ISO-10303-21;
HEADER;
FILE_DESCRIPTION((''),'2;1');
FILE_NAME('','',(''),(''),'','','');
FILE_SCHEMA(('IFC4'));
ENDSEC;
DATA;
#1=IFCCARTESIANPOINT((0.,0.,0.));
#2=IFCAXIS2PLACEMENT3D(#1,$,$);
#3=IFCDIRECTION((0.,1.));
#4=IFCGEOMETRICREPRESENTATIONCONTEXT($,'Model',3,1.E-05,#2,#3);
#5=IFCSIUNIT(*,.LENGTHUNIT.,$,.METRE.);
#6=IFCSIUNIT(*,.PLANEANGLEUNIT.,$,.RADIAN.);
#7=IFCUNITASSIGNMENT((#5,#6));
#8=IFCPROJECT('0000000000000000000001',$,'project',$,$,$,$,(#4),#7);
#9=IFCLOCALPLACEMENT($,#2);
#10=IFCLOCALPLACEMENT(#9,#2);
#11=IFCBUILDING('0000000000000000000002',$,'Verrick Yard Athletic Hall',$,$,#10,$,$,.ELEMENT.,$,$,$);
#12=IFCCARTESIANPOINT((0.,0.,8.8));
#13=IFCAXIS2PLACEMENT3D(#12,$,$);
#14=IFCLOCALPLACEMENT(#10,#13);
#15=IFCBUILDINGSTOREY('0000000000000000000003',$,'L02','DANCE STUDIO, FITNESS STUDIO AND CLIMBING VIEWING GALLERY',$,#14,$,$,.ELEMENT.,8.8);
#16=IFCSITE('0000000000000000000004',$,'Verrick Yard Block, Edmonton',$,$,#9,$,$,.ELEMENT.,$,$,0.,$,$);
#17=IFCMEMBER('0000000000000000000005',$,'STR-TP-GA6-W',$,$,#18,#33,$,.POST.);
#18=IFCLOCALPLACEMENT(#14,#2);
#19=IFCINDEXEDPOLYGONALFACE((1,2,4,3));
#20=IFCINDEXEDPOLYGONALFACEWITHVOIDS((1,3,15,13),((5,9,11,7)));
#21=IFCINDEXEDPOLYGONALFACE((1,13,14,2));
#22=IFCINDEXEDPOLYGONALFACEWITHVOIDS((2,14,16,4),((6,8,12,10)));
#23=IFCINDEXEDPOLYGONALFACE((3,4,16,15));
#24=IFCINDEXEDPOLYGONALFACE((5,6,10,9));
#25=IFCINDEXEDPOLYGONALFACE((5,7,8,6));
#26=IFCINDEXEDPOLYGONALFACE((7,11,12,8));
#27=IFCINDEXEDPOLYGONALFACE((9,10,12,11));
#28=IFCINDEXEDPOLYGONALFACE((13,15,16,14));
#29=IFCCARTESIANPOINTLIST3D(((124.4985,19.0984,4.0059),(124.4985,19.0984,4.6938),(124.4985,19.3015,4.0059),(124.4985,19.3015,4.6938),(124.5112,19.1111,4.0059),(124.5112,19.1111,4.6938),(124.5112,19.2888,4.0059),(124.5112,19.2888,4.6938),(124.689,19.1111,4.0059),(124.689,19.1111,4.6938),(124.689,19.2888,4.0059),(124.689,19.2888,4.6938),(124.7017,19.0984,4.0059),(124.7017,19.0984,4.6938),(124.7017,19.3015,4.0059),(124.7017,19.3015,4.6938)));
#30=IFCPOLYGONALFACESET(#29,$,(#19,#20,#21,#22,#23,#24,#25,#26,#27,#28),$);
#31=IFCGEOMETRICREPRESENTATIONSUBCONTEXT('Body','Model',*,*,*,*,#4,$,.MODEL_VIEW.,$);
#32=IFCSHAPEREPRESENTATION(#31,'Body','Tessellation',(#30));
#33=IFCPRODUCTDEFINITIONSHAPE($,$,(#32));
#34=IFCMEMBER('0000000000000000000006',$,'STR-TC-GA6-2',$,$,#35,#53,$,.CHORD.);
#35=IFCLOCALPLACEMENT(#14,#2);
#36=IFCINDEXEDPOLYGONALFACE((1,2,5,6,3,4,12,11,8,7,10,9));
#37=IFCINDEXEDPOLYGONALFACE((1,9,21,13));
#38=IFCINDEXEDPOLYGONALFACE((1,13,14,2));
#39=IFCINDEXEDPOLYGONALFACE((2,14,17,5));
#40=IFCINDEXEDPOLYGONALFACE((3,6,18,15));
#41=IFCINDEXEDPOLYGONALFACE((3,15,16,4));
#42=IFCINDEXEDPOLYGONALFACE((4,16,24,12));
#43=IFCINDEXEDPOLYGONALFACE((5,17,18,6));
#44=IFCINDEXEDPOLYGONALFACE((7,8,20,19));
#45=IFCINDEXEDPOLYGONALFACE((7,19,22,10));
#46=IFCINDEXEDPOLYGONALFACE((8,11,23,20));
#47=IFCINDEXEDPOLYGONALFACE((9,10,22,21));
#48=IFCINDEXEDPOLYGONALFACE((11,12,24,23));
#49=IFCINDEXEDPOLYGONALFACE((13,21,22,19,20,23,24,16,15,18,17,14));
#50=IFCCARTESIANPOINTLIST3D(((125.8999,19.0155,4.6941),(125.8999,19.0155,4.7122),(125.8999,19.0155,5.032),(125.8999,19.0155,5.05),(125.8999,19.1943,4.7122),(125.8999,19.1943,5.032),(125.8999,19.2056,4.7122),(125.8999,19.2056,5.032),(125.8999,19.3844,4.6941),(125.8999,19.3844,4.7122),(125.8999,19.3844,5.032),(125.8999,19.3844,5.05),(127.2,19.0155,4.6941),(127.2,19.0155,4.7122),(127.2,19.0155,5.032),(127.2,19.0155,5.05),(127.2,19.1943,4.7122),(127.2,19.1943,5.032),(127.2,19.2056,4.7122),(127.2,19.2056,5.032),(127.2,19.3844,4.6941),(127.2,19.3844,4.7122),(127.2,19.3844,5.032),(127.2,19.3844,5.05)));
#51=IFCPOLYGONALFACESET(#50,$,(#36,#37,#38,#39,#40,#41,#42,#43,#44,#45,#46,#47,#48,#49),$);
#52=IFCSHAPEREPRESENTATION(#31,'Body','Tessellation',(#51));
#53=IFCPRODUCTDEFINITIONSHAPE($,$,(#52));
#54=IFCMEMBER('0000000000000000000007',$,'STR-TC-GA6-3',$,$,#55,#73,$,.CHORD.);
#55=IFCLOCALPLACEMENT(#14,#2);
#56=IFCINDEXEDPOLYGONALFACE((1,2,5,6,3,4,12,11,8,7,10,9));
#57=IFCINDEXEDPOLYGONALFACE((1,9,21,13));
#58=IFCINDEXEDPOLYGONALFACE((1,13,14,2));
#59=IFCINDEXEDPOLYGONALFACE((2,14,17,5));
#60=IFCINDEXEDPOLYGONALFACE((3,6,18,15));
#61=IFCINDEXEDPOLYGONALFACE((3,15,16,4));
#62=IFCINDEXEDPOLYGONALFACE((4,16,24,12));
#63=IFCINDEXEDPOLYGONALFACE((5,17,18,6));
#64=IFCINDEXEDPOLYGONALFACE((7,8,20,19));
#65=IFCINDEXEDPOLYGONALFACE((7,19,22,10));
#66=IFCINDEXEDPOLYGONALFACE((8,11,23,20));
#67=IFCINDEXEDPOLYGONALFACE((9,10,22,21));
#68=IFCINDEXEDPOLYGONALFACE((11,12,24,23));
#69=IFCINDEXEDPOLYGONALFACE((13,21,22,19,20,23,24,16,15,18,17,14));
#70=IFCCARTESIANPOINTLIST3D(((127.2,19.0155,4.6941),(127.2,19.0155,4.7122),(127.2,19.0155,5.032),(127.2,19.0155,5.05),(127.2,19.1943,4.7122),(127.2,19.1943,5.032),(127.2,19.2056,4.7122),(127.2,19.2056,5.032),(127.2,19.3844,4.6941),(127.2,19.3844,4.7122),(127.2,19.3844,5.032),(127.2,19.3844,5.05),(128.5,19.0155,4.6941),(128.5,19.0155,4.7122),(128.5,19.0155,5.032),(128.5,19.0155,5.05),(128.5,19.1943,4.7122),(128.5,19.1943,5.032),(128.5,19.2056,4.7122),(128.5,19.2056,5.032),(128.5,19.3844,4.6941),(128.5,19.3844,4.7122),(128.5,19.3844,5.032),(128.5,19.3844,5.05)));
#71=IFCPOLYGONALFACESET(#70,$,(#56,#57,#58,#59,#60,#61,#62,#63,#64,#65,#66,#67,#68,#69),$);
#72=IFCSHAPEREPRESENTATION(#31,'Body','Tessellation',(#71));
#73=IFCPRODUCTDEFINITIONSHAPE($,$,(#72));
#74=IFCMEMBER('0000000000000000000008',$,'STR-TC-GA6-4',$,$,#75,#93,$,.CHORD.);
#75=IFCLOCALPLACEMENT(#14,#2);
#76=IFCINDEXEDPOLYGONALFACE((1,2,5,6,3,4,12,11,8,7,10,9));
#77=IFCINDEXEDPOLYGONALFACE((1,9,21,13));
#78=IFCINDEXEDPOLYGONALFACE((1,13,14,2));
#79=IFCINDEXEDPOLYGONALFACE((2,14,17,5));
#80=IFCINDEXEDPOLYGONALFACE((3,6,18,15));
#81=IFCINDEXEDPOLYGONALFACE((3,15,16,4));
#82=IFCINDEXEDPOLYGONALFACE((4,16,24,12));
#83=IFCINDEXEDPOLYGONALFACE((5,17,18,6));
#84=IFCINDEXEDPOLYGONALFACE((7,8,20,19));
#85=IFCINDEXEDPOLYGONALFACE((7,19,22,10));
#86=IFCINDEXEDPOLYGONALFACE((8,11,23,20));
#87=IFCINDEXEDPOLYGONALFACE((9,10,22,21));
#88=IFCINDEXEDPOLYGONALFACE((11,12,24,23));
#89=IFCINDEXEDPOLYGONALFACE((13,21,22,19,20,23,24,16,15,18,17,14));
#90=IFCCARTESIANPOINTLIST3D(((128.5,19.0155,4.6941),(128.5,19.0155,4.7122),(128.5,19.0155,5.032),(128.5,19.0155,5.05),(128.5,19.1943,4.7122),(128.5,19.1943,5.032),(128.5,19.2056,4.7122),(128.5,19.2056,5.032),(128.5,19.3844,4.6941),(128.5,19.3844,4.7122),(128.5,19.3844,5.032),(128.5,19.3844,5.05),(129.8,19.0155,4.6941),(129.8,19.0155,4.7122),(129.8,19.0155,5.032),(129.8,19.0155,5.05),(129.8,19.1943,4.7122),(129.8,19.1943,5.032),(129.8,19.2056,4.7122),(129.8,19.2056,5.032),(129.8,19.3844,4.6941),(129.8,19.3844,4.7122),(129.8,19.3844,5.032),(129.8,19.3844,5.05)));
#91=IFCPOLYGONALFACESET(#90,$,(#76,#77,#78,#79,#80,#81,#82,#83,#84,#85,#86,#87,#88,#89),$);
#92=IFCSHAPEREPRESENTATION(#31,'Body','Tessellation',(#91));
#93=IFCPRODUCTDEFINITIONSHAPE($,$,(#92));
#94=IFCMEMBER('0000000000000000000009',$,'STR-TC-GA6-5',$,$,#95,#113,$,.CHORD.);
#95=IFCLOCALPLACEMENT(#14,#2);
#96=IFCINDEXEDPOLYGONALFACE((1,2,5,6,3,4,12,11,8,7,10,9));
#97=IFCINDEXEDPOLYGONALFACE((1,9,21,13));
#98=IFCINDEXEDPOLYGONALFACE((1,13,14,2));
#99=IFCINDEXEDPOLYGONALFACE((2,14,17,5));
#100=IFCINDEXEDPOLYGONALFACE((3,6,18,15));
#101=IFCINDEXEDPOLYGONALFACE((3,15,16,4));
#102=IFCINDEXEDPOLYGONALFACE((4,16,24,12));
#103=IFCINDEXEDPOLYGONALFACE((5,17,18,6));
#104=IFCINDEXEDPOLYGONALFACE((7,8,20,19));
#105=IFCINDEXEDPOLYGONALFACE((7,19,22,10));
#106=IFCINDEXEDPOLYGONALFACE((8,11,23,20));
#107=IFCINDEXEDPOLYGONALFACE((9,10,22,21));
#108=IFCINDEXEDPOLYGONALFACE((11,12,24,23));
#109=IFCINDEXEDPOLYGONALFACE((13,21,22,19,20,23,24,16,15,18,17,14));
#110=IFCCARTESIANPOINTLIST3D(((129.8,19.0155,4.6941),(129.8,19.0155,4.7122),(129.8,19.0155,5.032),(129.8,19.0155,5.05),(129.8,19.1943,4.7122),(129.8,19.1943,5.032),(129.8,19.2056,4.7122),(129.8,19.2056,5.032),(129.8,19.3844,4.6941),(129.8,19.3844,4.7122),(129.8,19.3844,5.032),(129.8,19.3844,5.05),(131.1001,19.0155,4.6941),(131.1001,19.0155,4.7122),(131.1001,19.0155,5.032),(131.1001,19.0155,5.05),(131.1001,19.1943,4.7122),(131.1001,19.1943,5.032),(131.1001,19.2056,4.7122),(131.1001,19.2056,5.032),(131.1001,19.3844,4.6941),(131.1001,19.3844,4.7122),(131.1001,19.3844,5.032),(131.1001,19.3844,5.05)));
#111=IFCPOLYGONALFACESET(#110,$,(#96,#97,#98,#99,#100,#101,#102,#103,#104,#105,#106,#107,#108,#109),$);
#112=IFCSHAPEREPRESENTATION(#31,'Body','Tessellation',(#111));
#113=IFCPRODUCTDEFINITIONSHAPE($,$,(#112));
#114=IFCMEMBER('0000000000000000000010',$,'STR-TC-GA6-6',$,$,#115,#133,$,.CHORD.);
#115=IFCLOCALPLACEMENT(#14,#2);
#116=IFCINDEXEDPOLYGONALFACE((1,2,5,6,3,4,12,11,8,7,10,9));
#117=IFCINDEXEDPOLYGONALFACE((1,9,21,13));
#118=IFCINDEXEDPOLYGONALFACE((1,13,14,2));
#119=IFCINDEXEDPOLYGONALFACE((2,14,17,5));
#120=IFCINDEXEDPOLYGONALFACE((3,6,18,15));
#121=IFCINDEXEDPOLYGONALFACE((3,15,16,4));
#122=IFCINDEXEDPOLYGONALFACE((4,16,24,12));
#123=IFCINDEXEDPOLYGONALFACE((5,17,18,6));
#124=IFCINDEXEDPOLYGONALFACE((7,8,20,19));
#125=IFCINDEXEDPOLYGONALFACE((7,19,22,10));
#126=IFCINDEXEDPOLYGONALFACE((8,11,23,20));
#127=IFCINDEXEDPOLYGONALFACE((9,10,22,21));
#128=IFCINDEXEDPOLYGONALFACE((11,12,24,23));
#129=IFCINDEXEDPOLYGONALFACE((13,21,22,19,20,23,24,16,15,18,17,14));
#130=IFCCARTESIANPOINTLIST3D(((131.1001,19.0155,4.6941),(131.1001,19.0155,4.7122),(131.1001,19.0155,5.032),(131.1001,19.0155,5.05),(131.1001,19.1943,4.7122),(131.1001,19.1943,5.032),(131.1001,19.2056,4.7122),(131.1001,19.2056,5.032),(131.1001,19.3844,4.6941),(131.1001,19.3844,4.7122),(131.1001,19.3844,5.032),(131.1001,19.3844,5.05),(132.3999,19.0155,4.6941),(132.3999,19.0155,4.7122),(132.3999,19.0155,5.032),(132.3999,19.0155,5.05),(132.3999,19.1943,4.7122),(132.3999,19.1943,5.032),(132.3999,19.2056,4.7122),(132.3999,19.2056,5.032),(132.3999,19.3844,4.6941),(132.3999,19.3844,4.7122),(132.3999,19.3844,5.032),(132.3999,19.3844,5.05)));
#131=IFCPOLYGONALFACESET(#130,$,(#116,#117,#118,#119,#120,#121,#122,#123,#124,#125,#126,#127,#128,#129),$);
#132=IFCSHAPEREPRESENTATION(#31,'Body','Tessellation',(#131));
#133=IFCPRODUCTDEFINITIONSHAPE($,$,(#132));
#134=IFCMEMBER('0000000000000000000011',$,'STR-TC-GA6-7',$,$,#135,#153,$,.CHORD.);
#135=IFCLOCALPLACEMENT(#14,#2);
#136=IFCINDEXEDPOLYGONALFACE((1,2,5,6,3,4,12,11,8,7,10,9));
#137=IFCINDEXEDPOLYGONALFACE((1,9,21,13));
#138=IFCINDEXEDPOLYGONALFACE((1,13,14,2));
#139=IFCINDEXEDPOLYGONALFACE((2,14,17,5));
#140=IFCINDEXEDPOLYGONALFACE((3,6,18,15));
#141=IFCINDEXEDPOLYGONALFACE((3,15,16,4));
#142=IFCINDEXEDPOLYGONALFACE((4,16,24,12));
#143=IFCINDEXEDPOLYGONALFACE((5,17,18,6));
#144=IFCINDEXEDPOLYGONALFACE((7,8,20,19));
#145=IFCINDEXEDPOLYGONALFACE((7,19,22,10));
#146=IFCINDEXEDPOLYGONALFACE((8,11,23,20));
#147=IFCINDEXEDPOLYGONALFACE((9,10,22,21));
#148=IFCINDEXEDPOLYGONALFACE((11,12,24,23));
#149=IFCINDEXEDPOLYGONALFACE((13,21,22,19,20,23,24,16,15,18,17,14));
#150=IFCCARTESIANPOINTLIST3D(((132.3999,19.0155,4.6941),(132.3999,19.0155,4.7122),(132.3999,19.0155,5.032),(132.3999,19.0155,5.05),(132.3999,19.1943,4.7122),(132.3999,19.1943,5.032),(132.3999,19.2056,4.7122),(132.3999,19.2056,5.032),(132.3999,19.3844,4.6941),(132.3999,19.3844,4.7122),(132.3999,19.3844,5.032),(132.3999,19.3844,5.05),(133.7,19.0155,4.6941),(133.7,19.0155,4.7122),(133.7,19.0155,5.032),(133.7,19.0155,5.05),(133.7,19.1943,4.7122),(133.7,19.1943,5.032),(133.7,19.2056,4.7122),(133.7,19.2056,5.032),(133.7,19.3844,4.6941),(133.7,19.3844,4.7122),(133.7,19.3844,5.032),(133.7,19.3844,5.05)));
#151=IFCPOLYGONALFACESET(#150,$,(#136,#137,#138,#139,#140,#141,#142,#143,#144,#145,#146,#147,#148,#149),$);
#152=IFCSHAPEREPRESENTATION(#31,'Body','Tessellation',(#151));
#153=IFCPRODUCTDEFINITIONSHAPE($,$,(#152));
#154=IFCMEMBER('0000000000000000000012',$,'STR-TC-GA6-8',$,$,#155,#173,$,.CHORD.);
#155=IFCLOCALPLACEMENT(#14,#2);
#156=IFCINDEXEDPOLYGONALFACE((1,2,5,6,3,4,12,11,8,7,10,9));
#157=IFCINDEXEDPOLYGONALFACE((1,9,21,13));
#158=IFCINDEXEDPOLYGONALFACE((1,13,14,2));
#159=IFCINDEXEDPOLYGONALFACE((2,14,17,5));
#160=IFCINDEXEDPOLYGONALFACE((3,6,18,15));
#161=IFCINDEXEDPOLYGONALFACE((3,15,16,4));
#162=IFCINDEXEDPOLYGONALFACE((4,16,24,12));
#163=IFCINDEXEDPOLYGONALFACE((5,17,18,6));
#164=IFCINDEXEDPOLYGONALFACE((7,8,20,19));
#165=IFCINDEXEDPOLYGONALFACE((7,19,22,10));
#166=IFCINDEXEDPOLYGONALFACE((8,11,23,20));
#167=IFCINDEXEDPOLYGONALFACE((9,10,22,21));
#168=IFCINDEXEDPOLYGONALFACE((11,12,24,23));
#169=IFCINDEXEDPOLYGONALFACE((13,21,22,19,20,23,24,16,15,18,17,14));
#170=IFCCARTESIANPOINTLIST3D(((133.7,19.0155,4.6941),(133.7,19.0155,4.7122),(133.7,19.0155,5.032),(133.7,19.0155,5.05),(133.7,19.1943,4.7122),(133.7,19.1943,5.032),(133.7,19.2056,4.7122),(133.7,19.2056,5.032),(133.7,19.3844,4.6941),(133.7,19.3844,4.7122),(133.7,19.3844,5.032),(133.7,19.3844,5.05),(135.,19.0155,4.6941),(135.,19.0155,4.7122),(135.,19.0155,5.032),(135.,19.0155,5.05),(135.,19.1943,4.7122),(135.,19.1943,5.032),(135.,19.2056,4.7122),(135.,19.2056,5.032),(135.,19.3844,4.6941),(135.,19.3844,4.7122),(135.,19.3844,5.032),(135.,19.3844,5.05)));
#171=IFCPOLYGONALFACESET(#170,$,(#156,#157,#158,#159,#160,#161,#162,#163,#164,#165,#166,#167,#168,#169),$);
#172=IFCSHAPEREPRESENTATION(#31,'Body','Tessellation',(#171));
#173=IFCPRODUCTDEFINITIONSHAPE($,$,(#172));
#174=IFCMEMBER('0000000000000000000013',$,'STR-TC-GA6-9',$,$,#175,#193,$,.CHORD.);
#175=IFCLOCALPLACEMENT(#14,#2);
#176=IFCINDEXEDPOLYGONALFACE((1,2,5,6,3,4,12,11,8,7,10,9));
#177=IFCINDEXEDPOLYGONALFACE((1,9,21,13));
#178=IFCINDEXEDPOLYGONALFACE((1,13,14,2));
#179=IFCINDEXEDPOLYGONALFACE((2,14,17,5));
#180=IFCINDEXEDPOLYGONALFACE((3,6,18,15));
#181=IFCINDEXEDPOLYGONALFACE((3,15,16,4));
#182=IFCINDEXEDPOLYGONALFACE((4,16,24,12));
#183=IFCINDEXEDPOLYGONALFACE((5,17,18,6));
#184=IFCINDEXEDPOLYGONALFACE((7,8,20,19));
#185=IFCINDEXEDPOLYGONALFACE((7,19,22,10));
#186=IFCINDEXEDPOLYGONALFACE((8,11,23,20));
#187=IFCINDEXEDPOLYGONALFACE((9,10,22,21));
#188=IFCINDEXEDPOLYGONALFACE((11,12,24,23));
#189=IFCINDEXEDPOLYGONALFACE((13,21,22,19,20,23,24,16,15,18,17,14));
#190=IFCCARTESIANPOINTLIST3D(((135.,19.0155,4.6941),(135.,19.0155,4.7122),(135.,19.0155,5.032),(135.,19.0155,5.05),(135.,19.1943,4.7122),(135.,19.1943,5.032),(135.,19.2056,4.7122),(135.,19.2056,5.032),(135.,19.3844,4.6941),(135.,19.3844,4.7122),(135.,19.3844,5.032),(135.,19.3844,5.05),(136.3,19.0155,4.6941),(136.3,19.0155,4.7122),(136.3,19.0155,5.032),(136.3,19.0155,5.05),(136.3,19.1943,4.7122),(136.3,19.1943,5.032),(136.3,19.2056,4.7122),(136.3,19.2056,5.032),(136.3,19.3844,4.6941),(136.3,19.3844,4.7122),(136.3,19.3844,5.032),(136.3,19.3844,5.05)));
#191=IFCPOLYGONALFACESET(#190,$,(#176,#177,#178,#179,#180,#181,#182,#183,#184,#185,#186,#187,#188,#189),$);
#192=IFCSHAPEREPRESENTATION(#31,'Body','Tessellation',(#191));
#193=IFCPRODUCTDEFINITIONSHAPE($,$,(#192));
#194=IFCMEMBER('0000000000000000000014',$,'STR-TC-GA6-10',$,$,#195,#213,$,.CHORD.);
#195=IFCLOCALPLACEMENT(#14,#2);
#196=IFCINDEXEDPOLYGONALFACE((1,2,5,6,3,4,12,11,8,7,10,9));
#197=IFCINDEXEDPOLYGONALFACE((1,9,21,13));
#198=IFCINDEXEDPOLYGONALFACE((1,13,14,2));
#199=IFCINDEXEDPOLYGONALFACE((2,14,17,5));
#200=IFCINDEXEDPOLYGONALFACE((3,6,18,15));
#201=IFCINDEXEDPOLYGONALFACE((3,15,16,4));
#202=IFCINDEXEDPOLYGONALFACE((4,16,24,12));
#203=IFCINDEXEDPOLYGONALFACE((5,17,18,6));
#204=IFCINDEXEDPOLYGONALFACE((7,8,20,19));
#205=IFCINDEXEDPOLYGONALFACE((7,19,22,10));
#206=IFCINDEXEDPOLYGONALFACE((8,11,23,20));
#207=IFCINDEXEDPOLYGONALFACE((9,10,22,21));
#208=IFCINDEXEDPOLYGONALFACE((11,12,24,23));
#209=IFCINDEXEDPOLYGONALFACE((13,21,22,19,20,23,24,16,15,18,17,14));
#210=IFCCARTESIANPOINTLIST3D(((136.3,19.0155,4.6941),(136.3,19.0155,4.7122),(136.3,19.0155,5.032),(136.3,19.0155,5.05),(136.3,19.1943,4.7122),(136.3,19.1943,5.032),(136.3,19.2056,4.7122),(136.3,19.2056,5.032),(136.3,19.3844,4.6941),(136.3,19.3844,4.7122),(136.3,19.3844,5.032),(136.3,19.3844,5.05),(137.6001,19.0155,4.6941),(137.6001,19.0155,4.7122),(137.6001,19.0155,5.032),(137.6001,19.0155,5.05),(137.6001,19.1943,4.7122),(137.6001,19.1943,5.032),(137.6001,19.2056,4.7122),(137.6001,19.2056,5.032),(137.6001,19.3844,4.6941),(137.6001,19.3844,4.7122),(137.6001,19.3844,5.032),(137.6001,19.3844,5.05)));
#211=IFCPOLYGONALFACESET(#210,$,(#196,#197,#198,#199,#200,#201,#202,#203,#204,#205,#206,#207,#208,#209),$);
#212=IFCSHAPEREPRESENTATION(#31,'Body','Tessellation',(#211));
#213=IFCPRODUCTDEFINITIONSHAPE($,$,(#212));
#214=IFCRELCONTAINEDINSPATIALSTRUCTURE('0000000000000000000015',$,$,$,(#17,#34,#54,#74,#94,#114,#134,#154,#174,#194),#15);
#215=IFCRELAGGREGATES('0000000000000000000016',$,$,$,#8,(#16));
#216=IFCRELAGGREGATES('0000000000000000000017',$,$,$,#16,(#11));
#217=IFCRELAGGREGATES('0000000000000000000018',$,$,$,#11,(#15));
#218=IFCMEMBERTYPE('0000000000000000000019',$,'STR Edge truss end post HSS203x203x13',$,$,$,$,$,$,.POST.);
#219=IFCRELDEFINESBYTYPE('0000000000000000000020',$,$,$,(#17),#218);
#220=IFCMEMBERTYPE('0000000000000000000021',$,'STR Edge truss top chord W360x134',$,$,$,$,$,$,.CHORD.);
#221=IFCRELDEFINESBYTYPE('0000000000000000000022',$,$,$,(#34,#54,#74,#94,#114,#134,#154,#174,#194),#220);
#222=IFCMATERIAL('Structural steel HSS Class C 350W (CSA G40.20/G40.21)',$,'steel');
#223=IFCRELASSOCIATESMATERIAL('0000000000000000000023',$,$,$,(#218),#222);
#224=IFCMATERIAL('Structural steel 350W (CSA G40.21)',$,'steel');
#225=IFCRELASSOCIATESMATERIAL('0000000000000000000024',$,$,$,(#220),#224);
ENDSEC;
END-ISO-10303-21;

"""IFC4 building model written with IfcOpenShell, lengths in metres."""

from ifc_helpers import new_model, si_unit, direction, frame, origin, origin_2d, place, context, subcontext, project, spatial, hollow_rectangle, i_section, extrude, material, material_profile, profile_set, type_object, element, save


model = new_model("IFC4")

# Units and contexts
model_context = context("Model", 3, precision=1e-05, world=origin(), true_north=direction((0.0, 1.0)))
body_context = subcontext(model_context, "Body", "Model", "MODEL_VIEW")
ifc_project = project(units=[si_unit("LENGTHUNIT", "METRE"), si_unit("PLANEANGLEUNIT", "RADIAN")], contexts=[model_context])

# Site, building, storey
site_placement = place(None, origin())
site = spatial("IfcSite", under=ifc_project, at=site_placement, Name="Verrick Yard Block, Edmonton", CompositionType="ELEMENT", RefElevation=0.0)
building_placement = place(site_placement, origin())
building = spatial("IfcBuilding", under=site, at=building_placement, Name="Verrick Yard Athletic Hall", CompositionType="ELEMENT")
storey_placement = place(building_placement, frame((0.0, 0.0, 8.8)))
storey = spatial("IfcBuildingStorey", under=building, at=storey_placement, Name="L02", Description="DANCE STUDIO, FITNESS STUDIO AND CLIMBING VIEWING GALLERY", CompositionType="ELEMENT", Elevation=8.8)

# Members
ifc_material_1 = material(Name="Structural steel 350W (CSA G40.21)", Category="steel")
ifc_material_2 = material(Name="Structural steel HSS Class C 350W (CSA G40.20/G40.21)", Category="steel")
ifc_material_profile_1 = material_profile(ifc_material_2, hollow_rectangle(XDim=0.2031, YDim=0.2031, WallThickness=0.0127, at=origin_2d()), Name="HSS203x203x13")
ifc_profile_set_1 = profile_set([ifc_material_profile_1], Name="Structural steel HSS Class C 350W (CSA G40.20/G40.21)")
member_type_1 = type_object("IfcMemberType", Name="STR Edge truss end post HSS203x203x13", PredefinedType="POST", material=ifc_profile_set_1)
member_1_placement = place(storey_placement, frame((124.6001, 19.2, 4.0059), z_axis=(0.0, 0.0, 1.0), x_axis=(1.0, 0.0, 0.0)))
element("IfcMember", 1, at=member_1_placement, inside=storey, type_object=member_type_1, Name="STR-TP-GA6-W", PredefinedType="POST", context=body_context, shape_type="SweptSolid", body=[
    extrude(hollow_rectangle(XDim=0.2031, YDim=0.2031, WallThickness=0.0127, at=origin_2d()), origin(), (0.0, 0.0, 1.0), 0.688),
])
ifc_material_profile_2 = material_profile(ifc_material_1, i_section(OverallWidth=0.3689, OverallDepth=0.356, WebThickness=0.0112, FlangeThickness=0.0181, at=origin_2d()), Name="W360x134")
ifc_profile_set_2 = profile_set([ifc_material_profile_2], Name="Structural steel 350W (CSA G40.21)")
member_type_2 = type_object("IfcMemberType", Name="STR Edge truss top chord W360x134", PredefinedType="CHORD", material=ifc_profile_set_2)
for number, where, z_axis, x_axis, name in (
    (2, (125.8999, 19.2, 4.8721), (1.0, 0.0, 0.0), (0.0, 1.0, 0.0), "STR-TC-GA6-2"),
    (3, (127.2, 19.2, 4.8721), (1.0, 0.0, 0.0), (0.0, 1.0, 0.0), "STR-TC-GA6-3"),
    (4, (128.5, 19.2, 4.8721), (1.0, 0.0, 0.0), (0.0, 1.0, 0.0), "STR-TC-GA6-4"),
    (5, (129.8, 19.2, 4.8721), (1.0, 0.0, 0.0), (0.0, 1.0, 0.0), "STR-TC-GA6-5"),
):
    element("IfcMember", number, at=place(storey_placement, frame(where, z_axis=z_axis, x_axis=x_axis)), inside=storey, type_object=member_type_2, Name=name, PredefinedType="CHORD", context=body_context, shape_type="SweptSolid", body=[
        extrude(i_section(OverallWidth=0.3689, OverallDepth=0.356, WebThickness=0.0112, FlangeThickness=0.0181, at=origin_2d()), origin(), (0.0, 0.0, 1.0), 1.3),
    ])
member_2_placement = place(storey_placement, frame((131.1001, 19.2, 4.8721), z_axis=(1.0, 0.0, 0.0), x_axis=(0.0, 1.0, 0.0)))
element("IfcMember", 6, at=member_2_placement, inside=storey, type_object=member_type_2, Name="STR-TC-GA6-6", PredefinedType="CHORD", context=body_context, shape_type="SweptSolid", body=[
    extrude(i_section(OverallWidth=0.3689, OverallDepth=0.356, WebThickness=0.0112, FlangeThickness=0.0181, at=origin_2d()), origin(), (0.0, 0.0, 1.0), 1.2998),
])
for number, where, z_axis, x_axis, name in (
    (7, (132.3999, 19.2, 4.8721), (1.0, 0.0, 0.0), (0.0, 1.0, 0.0), "STR-TC-GA6-7"),
    (8, (133.7, 19.2, 4.8721), (1.0, 0.0, 0.0), (0.0, 1.0, 0.0), "STR-TC-GA6-8"),
    (9, (135.0, 19.2, 4.8721), (1.0, 0.0, 0.0), (0.0, 1.0, 0.0), "STR-TC-GA6-9"),
    (10, (136.3, 19.2, 4.8721), (1.0, 0.0, 0.0), (0.0, 1.0, 0.0), "STR-TC-GA6-10"),
):
    element("IfcMember", number, at=place(storey_placement, frame(where, z_axis=z_axis, x_axis=x_axis)), inside=storey, type_object=member_type_2, Name=name, PredefinedType="CHORD", context=body_context, shape_type="SweptSolid", body=[
        extrude(i_section(OverallWidth=0.3689, OverallDepth=0.356, WebThickness=0.0112, FlangeThickness=0.0181, at=origin_2d()), origin(), (0.0, 0.0, 1.0), 1.3),
    ])

save(model, "model.ifc")
